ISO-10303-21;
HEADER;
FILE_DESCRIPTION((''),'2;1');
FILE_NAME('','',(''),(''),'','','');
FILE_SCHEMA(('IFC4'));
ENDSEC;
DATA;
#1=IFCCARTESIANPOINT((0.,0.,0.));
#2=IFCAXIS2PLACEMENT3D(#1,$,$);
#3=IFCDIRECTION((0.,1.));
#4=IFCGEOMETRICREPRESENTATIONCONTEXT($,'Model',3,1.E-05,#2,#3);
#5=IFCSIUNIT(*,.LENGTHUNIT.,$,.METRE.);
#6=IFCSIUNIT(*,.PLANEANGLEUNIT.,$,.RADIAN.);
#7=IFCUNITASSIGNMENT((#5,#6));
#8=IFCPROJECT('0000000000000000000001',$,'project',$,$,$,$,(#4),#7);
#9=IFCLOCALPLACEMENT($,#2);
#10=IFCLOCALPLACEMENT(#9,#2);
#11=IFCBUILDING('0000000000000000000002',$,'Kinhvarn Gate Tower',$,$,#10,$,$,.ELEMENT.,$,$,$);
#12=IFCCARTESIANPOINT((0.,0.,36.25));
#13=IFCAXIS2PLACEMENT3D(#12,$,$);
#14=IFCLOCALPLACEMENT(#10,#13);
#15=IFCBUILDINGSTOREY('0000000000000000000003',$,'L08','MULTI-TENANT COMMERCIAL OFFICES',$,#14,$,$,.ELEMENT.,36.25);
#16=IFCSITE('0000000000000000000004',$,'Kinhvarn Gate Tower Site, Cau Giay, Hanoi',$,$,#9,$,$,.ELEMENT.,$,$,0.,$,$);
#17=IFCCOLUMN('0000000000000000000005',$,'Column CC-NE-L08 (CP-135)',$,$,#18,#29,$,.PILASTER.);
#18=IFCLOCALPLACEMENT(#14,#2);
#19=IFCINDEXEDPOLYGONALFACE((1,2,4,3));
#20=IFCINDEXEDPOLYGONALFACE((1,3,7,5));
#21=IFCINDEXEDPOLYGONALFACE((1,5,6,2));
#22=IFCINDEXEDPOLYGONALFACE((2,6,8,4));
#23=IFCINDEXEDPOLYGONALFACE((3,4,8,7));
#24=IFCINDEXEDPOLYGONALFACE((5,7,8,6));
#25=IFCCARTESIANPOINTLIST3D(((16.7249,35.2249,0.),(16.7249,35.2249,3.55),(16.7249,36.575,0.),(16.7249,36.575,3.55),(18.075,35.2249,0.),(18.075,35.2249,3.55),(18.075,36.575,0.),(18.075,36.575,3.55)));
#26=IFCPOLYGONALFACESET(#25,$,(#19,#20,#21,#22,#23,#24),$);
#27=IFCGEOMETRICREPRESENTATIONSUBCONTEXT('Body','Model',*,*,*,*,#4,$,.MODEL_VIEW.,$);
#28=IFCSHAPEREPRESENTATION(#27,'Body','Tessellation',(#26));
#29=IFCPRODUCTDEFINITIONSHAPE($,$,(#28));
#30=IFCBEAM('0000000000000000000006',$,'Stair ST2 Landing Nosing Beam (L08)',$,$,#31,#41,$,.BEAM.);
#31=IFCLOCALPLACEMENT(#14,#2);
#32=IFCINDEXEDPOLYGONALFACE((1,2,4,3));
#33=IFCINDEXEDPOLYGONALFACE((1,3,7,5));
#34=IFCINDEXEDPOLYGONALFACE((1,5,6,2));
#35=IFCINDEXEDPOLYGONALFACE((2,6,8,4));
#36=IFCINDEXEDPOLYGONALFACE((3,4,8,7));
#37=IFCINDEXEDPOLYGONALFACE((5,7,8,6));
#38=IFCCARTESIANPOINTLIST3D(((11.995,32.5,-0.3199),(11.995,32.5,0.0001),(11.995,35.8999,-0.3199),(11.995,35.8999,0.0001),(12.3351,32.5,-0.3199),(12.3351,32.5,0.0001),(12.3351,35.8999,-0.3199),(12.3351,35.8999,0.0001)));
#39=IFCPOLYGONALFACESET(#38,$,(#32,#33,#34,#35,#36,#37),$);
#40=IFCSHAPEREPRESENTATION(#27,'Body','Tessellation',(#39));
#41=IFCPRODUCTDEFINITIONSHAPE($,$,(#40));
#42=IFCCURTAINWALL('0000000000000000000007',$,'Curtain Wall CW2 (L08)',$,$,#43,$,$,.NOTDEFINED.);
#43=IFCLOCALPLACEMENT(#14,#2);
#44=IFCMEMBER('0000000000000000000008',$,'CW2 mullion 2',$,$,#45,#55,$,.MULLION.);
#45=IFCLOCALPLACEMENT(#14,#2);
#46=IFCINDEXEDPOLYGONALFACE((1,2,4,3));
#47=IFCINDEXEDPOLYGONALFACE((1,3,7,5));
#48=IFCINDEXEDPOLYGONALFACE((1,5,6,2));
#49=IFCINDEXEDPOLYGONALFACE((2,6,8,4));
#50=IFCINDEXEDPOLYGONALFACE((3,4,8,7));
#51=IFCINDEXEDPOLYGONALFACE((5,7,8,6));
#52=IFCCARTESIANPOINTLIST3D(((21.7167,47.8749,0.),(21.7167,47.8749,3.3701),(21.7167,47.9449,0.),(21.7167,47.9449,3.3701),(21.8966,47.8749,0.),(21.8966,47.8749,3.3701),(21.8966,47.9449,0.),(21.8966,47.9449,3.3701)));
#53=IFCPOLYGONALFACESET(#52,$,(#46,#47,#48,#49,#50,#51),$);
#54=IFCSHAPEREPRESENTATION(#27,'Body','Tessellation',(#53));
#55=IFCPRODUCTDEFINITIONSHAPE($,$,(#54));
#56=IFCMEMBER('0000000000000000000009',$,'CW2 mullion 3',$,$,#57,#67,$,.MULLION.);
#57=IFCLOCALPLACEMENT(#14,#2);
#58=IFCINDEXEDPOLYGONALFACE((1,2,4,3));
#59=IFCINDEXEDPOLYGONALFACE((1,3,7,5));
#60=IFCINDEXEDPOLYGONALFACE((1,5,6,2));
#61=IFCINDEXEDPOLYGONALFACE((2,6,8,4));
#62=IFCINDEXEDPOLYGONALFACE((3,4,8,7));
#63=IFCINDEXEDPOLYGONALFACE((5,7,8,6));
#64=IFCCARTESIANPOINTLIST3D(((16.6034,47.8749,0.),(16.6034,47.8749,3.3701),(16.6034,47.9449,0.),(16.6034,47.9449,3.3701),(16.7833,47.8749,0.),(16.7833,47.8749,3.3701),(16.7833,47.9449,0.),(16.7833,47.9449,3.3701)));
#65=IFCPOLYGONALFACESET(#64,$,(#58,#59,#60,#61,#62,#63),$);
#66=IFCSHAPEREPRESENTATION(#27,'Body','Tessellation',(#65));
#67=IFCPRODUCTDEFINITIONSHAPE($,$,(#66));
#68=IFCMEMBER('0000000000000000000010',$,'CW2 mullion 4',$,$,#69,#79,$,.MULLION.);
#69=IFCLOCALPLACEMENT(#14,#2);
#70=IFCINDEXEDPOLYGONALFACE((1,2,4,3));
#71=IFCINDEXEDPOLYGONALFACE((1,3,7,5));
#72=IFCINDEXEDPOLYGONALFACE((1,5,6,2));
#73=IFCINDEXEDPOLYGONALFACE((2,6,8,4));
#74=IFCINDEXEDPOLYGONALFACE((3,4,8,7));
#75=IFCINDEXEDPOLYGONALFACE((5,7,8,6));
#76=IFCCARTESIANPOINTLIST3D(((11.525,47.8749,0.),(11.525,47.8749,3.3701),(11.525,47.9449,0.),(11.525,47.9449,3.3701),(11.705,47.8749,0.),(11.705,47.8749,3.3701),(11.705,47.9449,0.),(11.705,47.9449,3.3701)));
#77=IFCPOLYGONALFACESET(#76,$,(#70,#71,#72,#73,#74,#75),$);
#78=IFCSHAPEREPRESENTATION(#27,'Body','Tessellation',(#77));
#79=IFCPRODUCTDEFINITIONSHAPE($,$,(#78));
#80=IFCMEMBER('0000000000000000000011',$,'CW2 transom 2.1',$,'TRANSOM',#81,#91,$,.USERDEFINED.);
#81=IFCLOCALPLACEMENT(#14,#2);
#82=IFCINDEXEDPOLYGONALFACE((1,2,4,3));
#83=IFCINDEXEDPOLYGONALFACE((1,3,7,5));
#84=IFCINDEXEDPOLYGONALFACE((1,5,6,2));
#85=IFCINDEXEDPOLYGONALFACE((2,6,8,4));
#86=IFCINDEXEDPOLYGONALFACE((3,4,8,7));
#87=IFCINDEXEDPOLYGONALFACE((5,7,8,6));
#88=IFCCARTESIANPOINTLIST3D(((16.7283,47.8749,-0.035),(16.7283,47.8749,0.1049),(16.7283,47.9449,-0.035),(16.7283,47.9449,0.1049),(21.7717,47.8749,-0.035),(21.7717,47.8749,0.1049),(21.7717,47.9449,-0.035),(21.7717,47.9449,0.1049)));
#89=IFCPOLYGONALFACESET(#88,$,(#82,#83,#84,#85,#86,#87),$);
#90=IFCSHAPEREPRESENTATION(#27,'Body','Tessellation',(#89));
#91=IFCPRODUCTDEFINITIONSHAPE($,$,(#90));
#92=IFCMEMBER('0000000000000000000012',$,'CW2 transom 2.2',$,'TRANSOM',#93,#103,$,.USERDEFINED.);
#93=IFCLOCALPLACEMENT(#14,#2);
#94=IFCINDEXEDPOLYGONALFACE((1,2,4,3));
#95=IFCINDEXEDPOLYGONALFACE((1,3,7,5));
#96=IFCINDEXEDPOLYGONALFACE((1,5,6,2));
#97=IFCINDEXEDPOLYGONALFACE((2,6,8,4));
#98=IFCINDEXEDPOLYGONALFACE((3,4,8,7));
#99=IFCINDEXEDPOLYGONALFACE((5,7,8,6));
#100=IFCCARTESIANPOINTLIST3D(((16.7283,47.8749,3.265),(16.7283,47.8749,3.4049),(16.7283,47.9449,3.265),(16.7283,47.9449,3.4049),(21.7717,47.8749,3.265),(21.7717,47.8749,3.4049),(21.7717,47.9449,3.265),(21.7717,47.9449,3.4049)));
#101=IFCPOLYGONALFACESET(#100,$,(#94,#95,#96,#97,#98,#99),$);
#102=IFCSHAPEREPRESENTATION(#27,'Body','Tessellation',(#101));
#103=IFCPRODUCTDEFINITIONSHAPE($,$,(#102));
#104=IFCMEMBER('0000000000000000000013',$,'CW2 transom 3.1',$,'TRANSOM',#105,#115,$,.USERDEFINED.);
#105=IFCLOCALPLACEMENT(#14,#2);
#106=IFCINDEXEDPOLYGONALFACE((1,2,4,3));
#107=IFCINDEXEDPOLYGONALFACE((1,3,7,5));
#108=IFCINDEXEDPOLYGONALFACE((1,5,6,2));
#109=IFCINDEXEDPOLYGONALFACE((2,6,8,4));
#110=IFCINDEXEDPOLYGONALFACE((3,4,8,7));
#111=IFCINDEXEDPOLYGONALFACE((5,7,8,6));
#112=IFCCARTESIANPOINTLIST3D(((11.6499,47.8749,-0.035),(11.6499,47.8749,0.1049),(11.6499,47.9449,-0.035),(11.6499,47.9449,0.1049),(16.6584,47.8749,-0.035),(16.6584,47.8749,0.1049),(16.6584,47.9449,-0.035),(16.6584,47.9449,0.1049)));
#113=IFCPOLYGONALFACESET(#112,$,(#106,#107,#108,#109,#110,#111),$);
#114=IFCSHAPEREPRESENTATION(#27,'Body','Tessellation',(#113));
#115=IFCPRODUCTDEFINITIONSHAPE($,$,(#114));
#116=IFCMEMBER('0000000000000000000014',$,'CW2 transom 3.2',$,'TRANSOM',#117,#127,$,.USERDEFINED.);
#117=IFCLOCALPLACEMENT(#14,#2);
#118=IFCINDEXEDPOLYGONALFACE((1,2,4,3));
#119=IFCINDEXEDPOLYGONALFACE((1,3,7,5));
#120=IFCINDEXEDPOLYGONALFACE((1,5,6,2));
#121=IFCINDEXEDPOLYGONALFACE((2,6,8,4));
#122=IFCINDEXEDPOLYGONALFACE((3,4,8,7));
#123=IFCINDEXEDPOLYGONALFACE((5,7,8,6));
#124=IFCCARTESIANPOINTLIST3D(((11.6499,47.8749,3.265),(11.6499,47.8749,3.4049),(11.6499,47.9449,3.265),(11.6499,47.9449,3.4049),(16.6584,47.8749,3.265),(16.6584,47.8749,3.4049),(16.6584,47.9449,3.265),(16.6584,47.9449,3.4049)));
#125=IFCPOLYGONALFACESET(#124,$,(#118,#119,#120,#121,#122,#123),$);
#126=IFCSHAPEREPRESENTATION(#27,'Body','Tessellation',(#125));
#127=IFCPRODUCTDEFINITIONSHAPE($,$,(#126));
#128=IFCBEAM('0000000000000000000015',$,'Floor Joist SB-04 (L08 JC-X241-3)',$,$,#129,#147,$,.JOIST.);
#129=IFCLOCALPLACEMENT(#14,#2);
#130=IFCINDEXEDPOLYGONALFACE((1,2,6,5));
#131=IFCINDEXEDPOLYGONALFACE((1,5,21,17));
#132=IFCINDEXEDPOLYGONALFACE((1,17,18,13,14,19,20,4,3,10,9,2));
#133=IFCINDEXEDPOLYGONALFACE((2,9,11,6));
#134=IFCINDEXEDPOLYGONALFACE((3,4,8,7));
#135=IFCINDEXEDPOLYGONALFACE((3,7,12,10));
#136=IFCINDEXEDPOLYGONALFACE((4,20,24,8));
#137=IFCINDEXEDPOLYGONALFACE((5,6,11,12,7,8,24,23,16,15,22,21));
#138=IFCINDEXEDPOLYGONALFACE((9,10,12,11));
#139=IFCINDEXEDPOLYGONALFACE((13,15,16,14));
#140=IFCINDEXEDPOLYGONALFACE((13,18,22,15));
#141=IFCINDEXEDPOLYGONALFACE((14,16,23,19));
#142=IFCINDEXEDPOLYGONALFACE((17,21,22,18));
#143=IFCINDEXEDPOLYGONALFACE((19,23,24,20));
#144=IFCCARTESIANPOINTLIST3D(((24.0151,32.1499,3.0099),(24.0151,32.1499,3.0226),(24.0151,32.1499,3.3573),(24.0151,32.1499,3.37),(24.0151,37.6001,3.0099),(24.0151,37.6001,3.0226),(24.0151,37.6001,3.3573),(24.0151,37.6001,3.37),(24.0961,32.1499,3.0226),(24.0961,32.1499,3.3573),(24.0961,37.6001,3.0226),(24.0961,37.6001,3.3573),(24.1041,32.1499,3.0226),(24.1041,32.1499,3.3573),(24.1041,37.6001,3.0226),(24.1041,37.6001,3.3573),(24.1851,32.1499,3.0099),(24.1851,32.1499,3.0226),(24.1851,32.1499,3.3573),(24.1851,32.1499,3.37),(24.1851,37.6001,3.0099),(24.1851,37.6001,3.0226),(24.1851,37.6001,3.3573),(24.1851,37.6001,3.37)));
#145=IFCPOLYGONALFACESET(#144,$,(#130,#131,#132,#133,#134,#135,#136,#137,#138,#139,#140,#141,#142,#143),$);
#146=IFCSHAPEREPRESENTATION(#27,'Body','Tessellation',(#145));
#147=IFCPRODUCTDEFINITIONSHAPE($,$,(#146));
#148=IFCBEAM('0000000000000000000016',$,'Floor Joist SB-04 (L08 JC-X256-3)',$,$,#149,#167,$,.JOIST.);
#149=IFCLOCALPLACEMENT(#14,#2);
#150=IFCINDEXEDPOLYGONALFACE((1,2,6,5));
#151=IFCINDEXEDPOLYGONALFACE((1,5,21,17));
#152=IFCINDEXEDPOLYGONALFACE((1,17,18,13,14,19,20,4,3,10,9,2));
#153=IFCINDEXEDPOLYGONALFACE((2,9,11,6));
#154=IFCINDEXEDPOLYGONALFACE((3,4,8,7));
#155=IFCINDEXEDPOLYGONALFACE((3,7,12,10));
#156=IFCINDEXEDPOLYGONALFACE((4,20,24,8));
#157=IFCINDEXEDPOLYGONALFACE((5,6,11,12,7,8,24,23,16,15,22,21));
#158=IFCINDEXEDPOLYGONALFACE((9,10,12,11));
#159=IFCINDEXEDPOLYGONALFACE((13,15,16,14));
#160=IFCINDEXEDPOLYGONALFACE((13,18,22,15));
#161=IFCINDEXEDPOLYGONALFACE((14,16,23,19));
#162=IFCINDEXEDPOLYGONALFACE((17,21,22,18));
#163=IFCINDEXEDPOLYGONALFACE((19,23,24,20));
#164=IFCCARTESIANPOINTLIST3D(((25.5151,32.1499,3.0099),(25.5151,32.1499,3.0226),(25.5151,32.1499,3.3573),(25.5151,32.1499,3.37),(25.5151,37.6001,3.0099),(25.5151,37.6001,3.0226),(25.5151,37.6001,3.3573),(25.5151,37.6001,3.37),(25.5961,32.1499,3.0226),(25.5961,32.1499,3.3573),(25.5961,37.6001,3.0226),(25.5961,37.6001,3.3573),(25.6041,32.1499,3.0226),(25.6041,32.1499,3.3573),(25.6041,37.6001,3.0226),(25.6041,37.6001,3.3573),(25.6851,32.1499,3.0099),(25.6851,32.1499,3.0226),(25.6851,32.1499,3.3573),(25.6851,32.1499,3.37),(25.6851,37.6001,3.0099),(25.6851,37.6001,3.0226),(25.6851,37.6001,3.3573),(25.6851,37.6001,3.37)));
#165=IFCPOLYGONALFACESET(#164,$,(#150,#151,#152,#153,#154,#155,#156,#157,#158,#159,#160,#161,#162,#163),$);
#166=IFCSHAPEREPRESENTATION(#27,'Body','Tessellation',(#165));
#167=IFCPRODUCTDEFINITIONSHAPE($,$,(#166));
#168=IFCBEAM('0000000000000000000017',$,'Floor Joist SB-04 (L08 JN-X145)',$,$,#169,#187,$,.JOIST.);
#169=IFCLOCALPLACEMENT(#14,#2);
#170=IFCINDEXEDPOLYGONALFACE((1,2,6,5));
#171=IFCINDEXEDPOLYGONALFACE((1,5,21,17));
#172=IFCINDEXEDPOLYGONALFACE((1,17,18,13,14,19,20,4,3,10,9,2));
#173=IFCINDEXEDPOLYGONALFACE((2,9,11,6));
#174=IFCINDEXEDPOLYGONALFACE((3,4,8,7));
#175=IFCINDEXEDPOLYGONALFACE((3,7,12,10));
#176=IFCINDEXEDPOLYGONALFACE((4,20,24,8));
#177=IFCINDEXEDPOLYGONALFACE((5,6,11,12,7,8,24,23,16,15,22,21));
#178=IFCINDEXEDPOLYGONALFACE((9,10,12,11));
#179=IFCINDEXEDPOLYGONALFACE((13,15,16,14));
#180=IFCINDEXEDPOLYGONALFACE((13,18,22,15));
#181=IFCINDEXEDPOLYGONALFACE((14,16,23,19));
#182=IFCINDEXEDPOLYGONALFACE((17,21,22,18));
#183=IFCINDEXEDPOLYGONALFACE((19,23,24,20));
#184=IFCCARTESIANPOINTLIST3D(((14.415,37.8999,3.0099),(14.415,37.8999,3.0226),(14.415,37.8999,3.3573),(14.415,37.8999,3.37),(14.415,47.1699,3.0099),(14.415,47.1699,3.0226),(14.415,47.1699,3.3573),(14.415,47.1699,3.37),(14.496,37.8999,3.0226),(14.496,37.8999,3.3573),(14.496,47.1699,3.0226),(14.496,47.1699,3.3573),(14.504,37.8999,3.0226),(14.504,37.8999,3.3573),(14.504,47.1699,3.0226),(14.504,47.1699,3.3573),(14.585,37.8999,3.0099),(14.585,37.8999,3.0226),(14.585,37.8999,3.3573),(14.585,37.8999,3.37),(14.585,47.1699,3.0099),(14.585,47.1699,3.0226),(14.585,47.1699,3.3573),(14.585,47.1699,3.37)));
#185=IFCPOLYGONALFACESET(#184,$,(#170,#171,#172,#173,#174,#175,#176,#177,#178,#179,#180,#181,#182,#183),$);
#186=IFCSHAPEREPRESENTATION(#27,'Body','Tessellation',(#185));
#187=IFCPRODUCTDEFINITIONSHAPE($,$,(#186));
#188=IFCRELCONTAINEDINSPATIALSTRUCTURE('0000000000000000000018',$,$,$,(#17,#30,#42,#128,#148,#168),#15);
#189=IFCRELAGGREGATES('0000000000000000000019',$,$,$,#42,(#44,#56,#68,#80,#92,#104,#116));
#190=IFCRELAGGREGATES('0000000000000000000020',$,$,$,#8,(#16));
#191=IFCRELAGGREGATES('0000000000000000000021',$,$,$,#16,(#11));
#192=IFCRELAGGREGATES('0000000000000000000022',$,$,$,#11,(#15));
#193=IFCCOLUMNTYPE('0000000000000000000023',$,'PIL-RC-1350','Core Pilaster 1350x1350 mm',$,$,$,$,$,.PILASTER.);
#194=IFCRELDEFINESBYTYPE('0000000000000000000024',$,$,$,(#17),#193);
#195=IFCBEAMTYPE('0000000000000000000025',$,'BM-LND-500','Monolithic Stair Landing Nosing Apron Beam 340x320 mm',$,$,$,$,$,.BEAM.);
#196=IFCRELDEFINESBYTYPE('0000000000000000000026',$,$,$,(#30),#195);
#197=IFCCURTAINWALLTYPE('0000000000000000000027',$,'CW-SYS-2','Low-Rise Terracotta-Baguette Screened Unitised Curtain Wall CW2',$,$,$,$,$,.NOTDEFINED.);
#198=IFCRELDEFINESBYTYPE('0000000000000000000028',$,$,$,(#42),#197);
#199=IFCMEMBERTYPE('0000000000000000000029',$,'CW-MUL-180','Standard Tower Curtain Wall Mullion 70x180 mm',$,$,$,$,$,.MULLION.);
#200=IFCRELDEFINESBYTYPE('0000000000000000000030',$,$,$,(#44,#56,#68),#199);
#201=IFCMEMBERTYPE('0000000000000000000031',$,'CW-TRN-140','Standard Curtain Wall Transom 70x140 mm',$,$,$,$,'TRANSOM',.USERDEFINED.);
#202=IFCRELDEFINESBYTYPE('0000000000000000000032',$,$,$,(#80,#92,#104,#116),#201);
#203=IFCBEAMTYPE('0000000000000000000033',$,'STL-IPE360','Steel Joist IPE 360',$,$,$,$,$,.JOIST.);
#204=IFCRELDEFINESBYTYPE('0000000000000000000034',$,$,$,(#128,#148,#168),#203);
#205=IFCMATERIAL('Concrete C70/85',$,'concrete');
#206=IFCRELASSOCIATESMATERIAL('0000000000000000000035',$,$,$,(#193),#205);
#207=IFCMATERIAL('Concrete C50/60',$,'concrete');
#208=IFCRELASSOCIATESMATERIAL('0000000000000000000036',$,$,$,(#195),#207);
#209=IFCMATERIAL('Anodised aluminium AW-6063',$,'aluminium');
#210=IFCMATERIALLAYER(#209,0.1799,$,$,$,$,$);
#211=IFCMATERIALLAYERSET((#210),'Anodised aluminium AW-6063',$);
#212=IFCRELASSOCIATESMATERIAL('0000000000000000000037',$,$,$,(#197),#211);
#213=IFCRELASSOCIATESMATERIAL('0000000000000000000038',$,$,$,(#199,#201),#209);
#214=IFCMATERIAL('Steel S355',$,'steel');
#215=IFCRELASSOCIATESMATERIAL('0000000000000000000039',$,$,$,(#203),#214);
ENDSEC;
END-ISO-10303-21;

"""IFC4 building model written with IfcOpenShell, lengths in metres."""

from ifc_helpers import new_model, si_unit, direction, frame, origin, origin_2d, place, context, subcontext, project, spatial, rectangle, i_section, extrude, material, layer, layer_set, material_profile, profile_set, type_object, element, aggregate, save


model = new_model("IFC4")

# Units and contexts
model_context = context("Model", 3, precision=1e-05, world=origin(), true_north=direction((0.0, 1.0)))
body_context = subcontext(model_context, "Body", "Model", "MODEL_VIEW")
ifc_project = project(units=[si_unit("LENGTHUNIT", "METRE"), si_unit("PLANEANGLEUNIT", "RADIAN")], contexts=[model_context])

# Site, building, storey
site_placement = place(None, origin())
site = spatial("IfcSite", under=ifc_project, at=site_placement, Name="Kinhvarn Gate Tower Site, Cau Giay, Hanoi", CompositionType="ELEMENT", RefElevation=0.0)
building_placement = place(site_placement, origin())
building = spatial("IfcBuilding", under=site, at=building_placement, Name="Kinhvarn Gate Tower", CompositionType="ELEMENT")
storey_placement = place(building_placement, frame((0.0, 0.0, 36.25)))
storey = spatial("IfcBuildingStorey", under=building, at=storey_placement, Name="L08", Description="MULTI-TENANT COMMERCIAL OFFICES", CompositionType="ELEMENT", Elevation=36.25)

# Column
ifc_material_1 = material(Name="Concrete C70/85", Category="concrete")
ifc_material_profile_1 = material_profile(ifc_material_1, rectangle(XDim=1.3501, YDim=1.3501, at=origin_2d()), Name="RC 1350x1350")
ifc_profile_set_1 = profile_set([ifc_material_profile_1], Name="Concrete C70/85")
column_type = type_object("IfcColumnType", Name="PIL-RC-1350", Description="Core Pilaster 1350x1350 mm", PredefinedType="PILASTER", material=ifc_profile_set_1)
column_placement = place(storey_placement, frame((17.3999, 35.8999, 0.0), z_axis=(0.0, 0.0, 1.0), x_axis=(1.0, 0.0, 0.0)))
element("IfcColumn", 1, at=column_placement, inside=storey, type_object=column_type, Name="Column CC-NE-L08 (CP-135)", PredefinedType="PILASTER", context=body_context, shape_type="SweptSolid", body=[
    extrude(rectangle(XDim=1.3501, YDim=1.3501, at=origin_2d()), origin(), (0.0, 0.0, 1.0), 3.55),
])

# Beam
ifc_material_2 = material(Name="Concrete C50/60", Category="concrete")
ifc_material_profile_2 = material_profile(ifc_material_2, rectangle(XDim=0.3401, YDim=0.3201, at=origin_2d()), Name="RC 340x320")
ifc_profile_set_2 = profile_set([ifc_material_profile_2], Name="Concrete C50/60")
beam_type_1 = type_object("IfcBeamType", Name="BM-LND-500", Description="Monolithic Stair Landing Nosing Apron Beam 340x320 mm", PredefinedType="BEAM", material=ifc_profile_set_2)
beam_placement = place(storey_placement, frame((12.165, 32.5, -0.1599), z_axis=(0.0, 1.0, 0.0), x_axis=(-1.0, 0.0, 0.0)))
element("IfcBeam", 2, at=beam_placement, inside=storey, type_object=beam_type_1, Name="Stair ST2 Landing Nosing Beam (L08)", PredefinedType="BEAM", context=body_context, shape_type="SweptSolid", body=[
    extrude(rectangle(XDim=0.3401, YDim=0.3201, at=origin_2d()), origin(), (0.0, 0.0, 1.0), 3.3999),
])

# Curtain wall, members
ifc_material_3 = material(Name="Anodised aluminium AW-6063", Category="aluminium")
ifc_layer_1 = layer(ifc_material_3, 0.1799)
ifc_layer_set_1 = layer_set([ifc_layer_1], Name="Anodised aluminium AW-6063")
curtain_wall_type = type_object("IfcCurtainWallType", Name="CW-SYS-2", Description="Low-Rise Terracotta-Baguette Screened Unitised Curtain Wall CW2", PredefinedType="NOTDEFINED", material=ifc_layer_set_1)
curtain_wall_placement = place(storey_placement, origin())
curtain_wall = element("IfcCurtainWall", 3, at=curtain_wall_placement, inside=storey, type_object=curtain_wall_type, Name="Curtain Wall CW2 (L08)", PredefinedType="NOTDEFINED")
ifc_material_profile_3 = material_profile(ifc_material_3, rectangle(XDim=0.0701, YDim=0.1799, at=origin_2d()), Name="ALU 70x180")
ifc_profile_set_3 = profile_set([ifc_material_profile_3], Name="Anodised aluminium AW-6063")
member_type_1 = type_object("IfcMemberType", Name="CW-MUL-180", Description="Standard Tower Curtain Wall Mullion 70x180 mm", PredefinedType="MULLION", material=ifc_profile_set_3)
member_1_placement = place(storey_placement, frame((21.8066, 47.9099, 0.0), z_axis=(0.0, 0.0, 1.0), x_axis=(0.0, -1.0, 0.0)))
member_1 = element("IfcMember", 4, at=member_1_placement, type_object=member_type_1, Name="CW2 mullion 2", PredefinedType="MULLION", context=body_context, shape_type="SweptSolid", body=[
    extrude(rectangle(XDim=0.0701, YDim=0.1799, at=origin_2d()), origin(), (0.0, 0.0, 1.0), 3.3701),
])
member_2_placement = place(storey_placement, frame((16.6934, 47.9099, 0.0), z_axis=(0.0, 0.0, 1.0), x_axis=(0.0, -1.0, 0.0)))
member_2 = element("IfcMember", 5, at=member_2_placement, type_object=member_type_1, Name="CW2 mullion 3", PredefinedType="MULLION", context=body_context, shape_type="SweptSolid", body=[
    extrude(rectangle(XDim=0.0701, YDim=0.1799, at=origin_2d()), origin(), (0.0, 0.0, 1.0), 3.3701),
])
member_3_placement = place(storey_placement, frame((11.615, 47.9099, 0.0), z_axis=(0.0, 0.0, 1.0), x_axis=(0.0, -1.0, 0.0)))
member_3 = element("IfcMember", 6, at=member_3_placement, type_object=member_type_1, Name="CW2 mullion 4", PredefinedType="MULLION", context=body_context, shape_type="SweptSolid", body=[
    extrude(rectangle(XDim=0.0701, YDim=0.1799, at=origin_2d()), origin(), (0.0, 0.0, 1.0), 3.3701),
])
ifc_material_profile_4 = material_profile(ifc_material_3, rectangle(XDim=0.0701, YDim=0.1399, at=origin_2d()), Name="ALU 70x140")
ifc_profile_set_4 = profile_set([ifc_material_profile_4], Name="Anodised aluminium AW-6063")
member_type_2 = type_object("IfcMemberType", Name="CW-TRN-140", Description="Standard Curtain Wall Transom 70x140 mm", ElementType="TRANSOM", PredefinedType="USERDEFINED", material=ifc_profile_set_4)
member_4_placement = place(storey_placement, frame((21.7717, 47.9099, 0.0349), z_axis=(-1.0, 0.0, 0.0), x_axis=(0.0, -1.0, 0.0)))
member_4 = element("IfcMember", 7, at=member_4_placement, type_object=member_type_2, Name="CW2 transom 2.1", ObjectType="TRANSOM", PredefinedType="USERDEFINED", context=body_context, shape_type="SweptSolid", body=[
    extrude(rectangle(XDim=0.0701, YDim=0.1399, at=origin_2d()), origin(), (0.0, 0.0, 1.0), 5.0435),
])
member_5_placement = place(storey_placement, frame((21.7717, 47.9099, 3.335), z_axis=(-1.0, 0.0, 0.0), x_axis=(0.0, -1.0, 0.0)))
member_5 = element("IfcMember", 8, at=member_5_placement, type_object=member_type_2, Name="CW2 transom 2.2", ObjectType="TRANSOM", PredefinedType="USERDEFINED", context=body_context, shape_type="SweptSolid", body=[
    extrude(rectangle(XDim=0.0701, YDim=0.1399, at=origin_2d()), origin(), (0.0, 0.0, 1.0), 5.0435),
])
member_6_placement = place(storey_placement, frame((16.6584, 47.9099, 0.0349), z_axis=(-1.0, 0.0, 0.0), x_axis=(0.0, -1.0, 0.0)))
member_6 = element("IfcMember", 9, at=member_6_placement, type_object=member_type_2, Name="CW2 transom 3.1", ObjectType="TRANSOM", PredefinedType="USERDEFINED", context=body_context, shape_type="SweptSolid", body=[
    extrude(rectangle(XDim=0.0701, YDim=0.1399, at=origin_2d()), origin(), (0.0, 0.0, 1.0), 5.0085),
])
member_7_placement = place(storey_placement, frame((16.6584, 47.9099, 3.335), z_axis=(-1.0, 0.0, 0.0), x_axis=(0.0, -1.0, 0.0)))
member_7 = element("IfcMember", 10, at=member_7_placement, type_object=member_type_2, Name="CW2 transom 3.2", ObjectType="TRANSOM", PredefinedType="USERDEFINED", context=body_context, shape_type="SweptSolid", body=[
    extrude(rectangle(XDim=0.0701, YDim=0.1399, at=origin_2d()), origin(), (0.0, 0.0, 1.0), 5.0085),
])

# Beams
ifc_material_4 = material(Name="Steel S355", Category="steel")
ifc_material_profile_5 = material_profile(ifc_material_4, i_section(OverallWidth=0.1699, OverallDepth=0.3601, WebThickness=0.0081, FlangeThickness=0.0127, at=origin_2d()), Name="IPE 360")
ifc_profile_set_5 = profile_set([ifc_material_profile_5], Name="Steel S355")
beam_type_2 = type_object("IfcBeamType", Name="STL-IPE360", Description="Steel Joist IPE 360", PredefinedType="JOIST", material=ifc_profile_set_5)
for number, where, z_axis, x_axis, name in (
    (11, (24.1001, 32.1499, 3.1899), (0.0, 1.0, 0.0), (-1.0, 0.0, 0.0), "Floor Joist SB-04 (L08 JC-X241-3)"),
    (12, (25.6001, 32.1499, 3.1899), (0.0, 1.0, 0.0), (-1.0, 0.0, 0.0), "Floor Joist SB-04 (L08 JC-X256-3)"),
):
    element("IfcBeam", number, at=place(storey_placement, frame(where, z_axis=z_axis, x_axis=x_axis)), inside=storey, type_object=beam_type_2, Name=name, PredefinedType="JOIST", context=body_context, shape_type="SweptSolid", body=[
        extrude(i_section(OverallWidth=0.1699, OverallDepth=0.3601, WebThickness=0.0081, FlangeThickness=0.0127, at=origin_2d()), origin(), (0.0, 0.0, 1.0), 5.4502),
    ])
for number, where, z_axis, x_axis, name in (
    (13, (14.5, 37.8999, 3.1899), (0.0, 1.0, 0.0), (-1.0, 0.0, 0.0), "Floor Joist SB-04 (L08 JN-X145)"),
):
    element("IfcBeam", number, at=place(storey_placement, frame(where, z_axis=z_axis, x_axis=x_axis)), inside=storey, type_object=beam_type_2, Name=name, PredefinedType="JOIST", context=body_context, shape_type="SweptSolid", body=[
        extrude(i_section(OverallWidth=0.1699, OverallDepth=0.3601, WebThickness=0.0081, FlangeThickness=0.0127, at=origin_2d()), origin(), (0.0, 0.0, 1.0), 9.27),
    ])

aggregate(curtain_wall, [member_1, member_2, member_3, member_4, member_5, member_6, member_7])

save(model, "model.ifc")
